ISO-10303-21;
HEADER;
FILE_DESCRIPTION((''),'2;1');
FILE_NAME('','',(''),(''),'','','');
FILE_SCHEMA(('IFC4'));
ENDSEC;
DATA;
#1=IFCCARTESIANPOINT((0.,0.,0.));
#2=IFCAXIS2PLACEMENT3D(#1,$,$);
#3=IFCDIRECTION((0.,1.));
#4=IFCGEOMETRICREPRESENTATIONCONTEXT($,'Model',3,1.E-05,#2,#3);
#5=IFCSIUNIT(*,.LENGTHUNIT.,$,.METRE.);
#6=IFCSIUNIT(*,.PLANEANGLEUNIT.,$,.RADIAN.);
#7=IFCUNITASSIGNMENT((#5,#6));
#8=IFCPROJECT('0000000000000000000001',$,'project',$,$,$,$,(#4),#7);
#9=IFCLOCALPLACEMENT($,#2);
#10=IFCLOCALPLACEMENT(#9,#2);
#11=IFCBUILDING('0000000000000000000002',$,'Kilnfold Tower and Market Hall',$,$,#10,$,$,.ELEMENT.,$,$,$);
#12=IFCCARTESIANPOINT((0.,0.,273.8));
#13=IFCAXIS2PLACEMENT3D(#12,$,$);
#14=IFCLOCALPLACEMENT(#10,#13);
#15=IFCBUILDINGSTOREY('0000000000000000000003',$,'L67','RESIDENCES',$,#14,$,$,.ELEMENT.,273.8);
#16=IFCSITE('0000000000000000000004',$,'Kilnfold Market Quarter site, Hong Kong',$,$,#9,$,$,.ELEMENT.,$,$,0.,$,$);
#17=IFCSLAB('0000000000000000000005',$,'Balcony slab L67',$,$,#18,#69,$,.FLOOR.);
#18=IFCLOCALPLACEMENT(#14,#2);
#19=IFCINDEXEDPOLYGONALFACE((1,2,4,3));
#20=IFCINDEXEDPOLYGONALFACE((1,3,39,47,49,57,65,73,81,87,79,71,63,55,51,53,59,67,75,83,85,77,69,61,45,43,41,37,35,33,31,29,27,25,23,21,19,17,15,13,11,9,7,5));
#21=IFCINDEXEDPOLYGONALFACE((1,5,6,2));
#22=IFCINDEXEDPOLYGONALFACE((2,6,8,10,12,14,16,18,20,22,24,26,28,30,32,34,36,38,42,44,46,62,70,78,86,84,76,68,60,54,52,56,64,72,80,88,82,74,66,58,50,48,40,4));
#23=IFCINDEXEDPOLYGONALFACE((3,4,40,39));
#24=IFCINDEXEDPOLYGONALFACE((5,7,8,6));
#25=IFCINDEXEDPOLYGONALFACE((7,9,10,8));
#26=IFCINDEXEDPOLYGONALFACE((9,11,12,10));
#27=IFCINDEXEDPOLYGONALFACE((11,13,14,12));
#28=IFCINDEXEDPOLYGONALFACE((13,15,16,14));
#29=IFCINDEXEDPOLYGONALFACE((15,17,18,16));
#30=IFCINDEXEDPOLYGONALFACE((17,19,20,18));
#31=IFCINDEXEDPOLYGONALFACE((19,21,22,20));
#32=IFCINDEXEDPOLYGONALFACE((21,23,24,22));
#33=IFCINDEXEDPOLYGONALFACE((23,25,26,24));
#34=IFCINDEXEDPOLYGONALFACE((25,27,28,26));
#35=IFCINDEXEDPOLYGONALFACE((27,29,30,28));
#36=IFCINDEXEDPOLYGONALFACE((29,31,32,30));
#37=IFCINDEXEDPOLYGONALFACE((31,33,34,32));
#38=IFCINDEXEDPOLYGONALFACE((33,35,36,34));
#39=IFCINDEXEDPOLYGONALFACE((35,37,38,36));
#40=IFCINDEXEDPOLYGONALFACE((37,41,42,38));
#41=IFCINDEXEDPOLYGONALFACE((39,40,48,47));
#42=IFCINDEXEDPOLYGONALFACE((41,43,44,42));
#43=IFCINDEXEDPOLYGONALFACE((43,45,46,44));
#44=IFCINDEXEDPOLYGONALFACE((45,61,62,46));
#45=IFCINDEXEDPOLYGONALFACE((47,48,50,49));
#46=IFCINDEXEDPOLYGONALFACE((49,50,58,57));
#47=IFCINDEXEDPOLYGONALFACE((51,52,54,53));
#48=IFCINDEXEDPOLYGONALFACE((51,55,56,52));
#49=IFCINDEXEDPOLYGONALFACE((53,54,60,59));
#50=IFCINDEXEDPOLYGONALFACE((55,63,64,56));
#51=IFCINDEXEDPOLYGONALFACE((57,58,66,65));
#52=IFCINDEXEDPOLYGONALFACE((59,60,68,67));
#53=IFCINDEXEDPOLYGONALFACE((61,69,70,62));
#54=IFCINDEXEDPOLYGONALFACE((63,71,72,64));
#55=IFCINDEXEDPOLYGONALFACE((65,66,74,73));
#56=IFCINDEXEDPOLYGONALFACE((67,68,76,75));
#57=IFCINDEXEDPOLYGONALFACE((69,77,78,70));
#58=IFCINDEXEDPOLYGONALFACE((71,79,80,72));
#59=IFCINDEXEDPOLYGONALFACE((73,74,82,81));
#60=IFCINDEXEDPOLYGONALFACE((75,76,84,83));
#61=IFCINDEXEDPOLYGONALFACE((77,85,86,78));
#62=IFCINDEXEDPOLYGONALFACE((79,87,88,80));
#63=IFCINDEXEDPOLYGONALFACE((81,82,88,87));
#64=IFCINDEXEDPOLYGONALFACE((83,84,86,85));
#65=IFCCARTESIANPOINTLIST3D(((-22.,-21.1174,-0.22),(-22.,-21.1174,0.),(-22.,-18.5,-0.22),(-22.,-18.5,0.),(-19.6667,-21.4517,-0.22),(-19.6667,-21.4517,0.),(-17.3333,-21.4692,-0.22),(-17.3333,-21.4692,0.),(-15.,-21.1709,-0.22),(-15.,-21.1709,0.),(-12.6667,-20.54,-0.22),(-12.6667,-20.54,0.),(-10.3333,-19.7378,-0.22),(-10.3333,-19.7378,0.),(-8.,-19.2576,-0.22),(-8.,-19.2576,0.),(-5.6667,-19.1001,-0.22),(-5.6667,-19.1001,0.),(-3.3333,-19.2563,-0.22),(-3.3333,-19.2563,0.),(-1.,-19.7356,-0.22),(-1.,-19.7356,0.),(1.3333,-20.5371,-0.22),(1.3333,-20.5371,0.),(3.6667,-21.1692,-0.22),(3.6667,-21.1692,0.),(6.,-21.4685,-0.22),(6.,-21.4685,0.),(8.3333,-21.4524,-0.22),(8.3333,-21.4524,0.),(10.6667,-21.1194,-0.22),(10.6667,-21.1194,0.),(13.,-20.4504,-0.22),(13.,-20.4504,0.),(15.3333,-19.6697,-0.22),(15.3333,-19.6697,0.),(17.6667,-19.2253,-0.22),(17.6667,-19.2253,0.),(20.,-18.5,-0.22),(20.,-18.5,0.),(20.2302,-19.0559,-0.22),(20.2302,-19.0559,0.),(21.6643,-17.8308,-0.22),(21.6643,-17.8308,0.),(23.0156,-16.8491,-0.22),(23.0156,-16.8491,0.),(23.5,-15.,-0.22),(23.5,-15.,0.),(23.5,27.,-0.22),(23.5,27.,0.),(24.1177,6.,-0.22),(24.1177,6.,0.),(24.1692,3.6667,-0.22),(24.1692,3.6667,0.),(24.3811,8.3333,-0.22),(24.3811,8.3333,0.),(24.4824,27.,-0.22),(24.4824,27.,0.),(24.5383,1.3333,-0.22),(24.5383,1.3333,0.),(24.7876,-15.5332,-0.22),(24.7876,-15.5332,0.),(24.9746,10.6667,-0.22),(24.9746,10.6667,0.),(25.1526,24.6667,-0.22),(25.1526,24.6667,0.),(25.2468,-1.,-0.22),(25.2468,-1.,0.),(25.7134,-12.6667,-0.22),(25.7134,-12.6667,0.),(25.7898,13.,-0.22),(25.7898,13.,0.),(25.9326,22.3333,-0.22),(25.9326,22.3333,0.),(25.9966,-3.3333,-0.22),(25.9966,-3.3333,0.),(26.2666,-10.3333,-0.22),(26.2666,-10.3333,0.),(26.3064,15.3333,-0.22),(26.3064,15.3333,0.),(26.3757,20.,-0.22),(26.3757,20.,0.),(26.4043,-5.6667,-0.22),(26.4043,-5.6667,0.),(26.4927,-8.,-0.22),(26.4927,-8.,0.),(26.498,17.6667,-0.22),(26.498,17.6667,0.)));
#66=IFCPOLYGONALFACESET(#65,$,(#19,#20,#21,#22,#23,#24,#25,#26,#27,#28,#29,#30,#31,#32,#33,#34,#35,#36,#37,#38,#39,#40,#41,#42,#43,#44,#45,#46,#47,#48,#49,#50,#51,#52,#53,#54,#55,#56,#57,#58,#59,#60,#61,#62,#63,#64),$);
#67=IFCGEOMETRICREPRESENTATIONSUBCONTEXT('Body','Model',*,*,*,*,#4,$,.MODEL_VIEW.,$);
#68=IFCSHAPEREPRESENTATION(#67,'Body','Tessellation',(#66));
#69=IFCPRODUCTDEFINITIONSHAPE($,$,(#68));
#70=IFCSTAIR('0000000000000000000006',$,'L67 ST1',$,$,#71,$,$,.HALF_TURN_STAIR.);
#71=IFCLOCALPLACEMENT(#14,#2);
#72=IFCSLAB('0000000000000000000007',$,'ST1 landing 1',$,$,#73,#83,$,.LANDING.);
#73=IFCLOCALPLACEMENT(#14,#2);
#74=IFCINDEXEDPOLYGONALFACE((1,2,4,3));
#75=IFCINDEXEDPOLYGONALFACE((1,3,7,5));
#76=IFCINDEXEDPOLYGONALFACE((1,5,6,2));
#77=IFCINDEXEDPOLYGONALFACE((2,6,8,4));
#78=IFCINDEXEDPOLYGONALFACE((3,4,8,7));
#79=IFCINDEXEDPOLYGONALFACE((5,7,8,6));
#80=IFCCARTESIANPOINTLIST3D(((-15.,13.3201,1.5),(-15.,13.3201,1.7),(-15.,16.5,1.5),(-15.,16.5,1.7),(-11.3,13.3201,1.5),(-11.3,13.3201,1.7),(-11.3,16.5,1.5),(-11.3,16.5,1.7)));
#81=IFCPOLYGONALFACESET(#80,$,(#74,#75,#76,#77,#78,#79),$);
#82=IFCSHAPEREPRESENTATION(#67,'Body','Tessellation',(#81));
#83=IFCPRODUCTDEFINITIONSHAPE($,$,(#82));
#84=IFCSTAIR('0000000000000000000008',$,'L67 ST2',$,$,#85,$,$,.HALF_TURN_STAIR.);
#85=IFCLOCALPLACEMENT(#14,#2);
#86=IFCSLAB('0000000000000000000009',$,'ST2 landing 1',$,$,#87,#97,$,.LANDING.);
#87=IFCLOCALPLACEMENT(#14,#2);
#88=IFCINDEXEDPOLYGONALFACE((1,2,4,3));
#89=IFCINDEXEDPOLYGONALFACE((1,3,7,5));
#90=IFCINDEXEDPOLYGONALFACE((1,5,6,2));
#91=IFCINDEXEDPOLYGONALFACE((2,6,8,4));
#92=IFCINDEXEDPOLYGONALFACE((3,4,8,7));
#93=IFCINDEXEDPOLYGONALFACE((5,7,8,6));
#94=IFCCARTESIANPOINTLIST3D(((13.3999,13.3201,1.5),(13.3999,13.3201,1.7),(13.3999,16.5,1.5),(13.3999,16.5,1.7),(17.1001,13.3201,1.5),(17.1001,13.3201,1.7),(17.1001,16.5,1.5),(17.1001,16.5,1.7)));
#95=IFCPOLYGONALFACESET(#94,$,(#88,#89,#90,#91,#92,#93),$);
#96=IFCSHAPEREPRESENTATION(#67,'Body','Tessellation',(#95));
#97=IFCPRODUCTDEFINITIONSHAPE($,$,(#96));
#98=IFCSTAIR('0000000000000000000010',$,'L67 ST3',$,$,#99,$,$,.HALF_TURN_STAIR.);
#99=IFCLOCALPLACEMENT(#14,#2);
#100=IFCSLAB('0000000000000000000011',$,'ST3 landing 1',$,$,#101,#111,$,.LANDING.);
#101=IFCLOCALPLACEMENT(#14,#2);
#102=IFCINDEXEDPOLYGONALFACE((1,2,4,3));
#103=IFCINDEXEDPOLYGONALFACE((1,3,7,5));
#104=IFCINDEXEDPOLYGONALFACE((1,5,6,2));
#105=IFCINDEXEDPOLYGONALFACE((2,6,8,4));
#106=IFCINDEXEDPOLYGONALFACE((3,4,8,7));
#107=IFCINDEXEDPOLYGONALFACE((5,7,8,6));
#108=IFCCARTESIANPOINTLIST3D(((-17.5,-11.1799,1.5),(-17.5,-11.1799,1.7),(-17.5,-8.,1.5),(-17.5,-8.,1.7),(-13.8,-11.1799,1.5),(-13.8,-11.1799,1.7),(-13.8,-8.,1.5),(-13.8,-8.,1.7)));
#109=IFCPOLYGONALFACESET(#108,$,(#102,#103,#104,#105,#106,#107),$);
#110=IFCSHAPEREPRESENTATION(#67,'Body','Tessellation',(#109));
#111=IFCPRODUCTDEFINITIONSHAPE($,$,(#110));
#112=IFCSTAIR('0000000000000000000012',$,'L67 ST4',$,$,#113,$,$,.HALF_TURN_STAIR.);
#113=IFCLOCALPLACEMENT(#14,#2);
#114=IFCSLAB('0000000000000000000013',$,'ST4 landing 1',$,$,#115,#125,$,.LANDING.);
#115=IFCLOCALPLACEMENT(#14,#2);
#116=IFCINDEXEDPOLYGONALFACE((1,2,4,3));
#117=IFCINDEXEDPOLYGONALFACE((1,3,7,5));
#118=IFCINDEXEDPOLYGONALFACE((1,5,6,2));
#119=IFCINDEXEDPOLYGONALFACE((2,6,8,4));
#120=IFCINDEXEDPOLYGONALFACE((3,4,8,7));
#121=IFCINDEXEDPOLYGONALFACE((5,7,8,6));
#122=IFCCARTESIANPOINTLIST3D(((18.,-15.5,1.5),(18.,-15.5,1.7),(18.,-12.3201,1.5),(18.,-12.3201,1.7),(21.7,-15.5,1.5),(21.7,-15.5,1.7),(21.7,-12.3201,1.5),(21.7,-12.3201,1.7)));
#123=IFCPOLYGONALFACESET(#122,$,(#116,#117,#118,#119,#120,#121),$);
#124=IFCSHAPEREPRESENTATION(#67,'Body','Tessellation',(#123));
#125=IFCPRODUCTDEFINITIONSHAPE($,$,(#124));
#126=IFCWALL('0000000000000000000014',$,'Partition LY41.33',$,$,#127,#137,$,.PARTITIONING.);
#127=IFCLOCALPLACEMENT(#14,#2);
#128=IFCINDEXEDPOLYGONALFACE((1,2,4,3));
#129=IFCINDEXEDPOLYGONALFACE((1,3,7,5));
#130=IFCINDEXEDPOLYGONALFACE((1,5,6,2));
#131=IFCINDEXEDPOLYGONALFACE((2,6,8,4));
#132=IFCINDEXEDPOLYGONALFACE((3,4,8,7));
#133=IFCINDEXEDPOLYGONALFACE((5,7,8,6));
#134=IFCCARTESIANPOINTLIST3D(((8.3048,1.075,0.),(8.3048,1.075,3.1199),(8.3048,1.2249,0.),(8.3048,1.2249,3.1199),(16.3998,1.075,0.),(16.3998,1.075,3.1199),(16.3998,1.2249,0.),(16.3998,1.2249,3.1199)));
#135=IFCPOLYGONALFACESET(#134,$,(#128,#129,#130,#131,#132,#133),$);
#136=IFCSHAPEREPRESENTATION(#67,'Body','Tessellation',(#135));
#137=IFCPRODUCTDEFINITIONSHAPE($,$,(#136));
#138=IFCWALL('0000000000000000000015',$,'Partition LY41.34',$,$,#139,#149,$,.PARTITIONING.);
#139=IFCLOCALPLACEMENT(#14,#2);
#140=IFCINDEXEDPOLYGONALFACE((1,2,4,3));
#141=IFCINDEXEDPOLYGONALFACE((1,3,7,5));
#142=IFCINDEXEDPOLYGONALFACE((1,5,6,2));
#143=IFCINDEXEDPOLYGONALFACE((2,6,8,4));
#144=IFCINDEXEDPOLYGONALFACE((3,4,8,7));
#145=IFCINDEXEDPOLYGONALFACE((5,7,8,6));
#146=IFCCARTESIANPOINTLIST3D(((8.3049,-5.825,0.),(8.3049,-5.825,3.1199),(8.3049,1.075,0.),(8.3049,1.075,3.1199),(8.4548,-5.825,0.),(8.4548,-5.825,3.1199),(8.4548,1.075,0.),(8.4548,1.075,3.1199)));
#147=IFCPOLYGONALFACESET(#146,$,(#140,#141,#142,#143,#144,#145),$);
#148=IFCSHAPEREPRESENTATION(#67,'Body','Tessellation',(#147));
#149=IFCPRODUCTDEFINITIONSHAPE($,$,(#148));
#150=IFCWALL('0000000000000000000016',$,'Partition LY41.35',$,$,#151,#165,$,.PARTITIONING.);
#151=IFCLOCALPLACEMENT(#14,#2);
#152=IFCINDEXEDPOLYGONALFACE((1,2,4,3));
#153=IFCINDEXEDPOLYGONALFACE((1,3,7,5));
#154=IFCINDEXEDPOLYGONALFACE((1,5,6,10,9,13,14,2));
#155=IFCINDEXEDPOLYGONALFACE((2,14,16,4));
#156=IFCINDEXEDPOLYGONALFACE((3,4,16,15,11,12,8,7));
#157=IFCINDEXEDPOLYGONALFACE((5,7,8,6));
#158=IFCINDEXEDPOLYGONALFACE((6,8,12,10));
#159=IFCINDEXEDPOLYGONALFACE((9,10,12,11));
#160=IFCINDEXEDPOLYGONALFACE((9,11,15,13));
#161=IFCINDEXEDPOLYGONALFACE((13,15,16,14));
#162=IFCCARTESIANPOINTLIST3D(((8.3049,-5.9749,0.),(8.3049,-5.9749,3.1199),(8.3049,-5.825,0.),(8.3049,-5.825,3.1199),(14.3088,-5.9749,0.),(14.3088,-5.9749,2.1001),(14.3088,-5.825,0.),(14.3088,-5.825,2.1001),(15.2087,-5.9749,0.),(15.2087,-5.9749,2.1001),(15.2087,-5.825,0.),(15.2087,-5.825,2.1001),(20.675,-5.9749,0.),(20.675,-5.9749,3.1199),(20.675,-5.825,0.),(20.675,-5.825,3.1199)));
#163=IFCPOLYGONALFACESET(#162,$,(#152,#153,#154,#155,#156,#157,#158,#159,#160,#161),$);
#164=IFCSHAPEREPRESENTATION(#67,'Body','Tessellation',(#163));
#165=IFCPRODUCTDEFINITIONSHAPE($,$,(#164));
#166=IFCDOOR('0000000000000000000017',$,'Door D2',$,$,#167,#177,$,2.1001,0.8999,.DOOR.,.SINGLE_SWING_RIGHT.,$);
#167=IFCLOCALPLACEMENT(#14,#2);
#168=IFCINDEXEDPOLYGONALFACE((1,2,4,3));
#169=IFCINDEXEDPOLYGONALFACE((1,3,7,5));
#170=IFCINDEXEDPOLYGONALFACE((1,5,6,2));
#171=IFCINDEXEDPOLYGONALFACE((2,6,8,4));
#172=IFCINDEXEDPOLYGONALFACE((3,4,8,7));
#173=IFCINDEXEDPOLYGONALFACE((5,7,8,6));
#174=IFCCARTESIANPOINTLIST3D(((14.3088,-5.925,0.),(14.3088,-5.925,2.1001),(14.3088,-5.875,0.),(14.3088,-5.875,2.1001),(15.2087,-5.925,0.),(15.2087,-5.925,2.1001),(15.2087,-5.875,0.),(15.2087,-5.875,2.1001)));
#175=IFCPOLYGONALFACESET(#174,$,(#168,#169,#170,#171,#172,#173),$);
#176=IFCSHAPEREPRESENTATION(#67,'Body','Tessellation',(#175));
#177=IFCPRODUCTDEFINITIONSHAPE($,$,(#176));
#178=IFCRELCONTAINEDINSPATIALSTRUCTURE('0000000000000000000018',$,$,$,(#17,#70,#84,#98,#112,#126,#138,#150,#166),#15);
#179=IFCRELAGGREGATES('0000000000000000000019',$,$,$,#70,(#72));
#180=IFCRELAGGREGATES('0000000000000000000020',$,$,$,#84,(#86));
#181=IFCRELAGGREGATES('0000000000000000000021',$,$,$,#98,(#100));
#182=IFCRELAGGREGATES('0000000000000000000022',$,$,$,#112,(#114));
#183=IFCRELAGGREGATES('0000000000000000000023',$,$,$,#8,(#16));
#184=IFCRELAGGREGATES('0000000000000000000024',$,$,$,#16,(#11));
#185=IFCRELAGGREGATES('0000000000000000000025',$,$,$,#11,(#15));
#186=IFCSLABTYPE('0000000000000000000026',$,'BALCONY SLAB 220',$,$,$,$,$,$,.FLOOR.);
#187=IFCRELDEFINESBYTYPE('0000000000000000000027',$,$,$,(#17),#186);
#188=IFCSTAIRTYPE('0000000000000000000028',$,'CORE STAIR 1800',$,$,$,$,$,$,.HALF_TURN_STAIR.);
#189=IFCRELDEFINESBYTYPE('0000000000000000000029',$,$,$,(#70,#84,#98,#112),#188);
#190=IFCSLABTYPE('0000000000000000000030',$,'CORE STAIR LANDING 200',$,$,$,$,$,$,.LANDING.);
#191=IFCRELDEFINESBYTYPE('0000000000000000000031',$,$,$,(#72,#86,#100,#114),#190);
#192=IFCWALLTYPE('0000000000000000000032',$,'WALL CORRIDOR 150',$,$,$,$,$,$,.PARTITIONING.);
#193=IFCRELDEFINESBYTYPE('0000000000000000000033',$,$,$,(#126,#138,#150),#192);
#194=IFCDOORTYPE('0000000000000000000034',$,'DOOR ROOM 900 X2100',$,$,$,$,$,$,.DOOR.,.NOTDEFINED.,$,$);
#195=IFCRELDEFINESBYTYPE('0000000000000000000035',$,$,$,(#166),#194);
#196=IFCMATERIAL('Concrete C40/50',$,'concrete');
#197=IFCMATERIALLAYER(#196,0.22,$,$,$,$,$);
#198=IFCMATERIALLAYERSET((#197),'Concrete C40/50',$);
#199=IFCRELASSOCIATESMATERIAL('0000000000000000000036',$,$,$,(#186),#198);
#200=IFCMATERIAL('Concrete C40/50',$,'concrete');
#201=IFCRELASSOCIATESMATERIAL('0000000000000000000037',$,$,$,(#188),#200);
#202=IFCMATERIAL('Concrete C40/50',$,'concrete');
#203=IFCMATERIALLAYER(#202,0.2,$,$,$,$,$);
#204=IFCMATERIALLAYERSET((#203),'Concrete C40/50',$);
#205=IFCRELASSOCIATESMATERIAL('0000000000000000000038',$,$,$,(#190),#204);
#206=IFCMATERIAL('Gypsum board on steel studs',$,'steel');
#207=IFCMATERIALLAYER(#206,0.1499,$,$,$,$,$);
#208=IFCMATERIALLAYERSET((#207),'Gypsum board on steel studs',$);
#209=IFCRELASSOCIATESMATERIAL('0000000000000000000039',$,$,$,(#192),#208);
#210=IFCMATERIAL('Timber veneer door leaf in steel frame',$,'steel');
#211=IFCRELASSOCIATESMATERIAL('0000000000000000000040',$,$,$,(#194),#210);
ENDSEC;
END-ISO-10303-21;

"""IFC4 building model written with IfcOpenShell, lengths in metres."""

from ifc_helpers import new_model, si_unit, direction, frame, frame_2d, origin, place, context, subcontext, project, spatial, polyline, rectangle, outline, extrude, source, transform, mapped, material, layer, layer_set, type_object, element, fill, aggregate, save


model = new_model("IFC4")

# Units and contexts
model_context = context("Model", 3, precision=1e-05, world=origin(), true_north=direction((0.0, 1.0)))
body_context = subcontext(model_context, "Body", "Model", "MODEL_VIEW")
ifc_project = project(units=[si_unit("LENGTHUNIT", "METRE"), si_unit("PLANEANGLEUNIT", "RADIAN")], contexts=[model_context])

# Site, building, storey
site_placement = place(None, origin())
site = spatial("IfcSite", under=ifc_project, at=site_placement, Name="Kilnfold Market Quarter site, Hong Kong", CompositionType="ELEMENT", RefElevation=0.0)
building_placement = place(site_placement, origin())
building = spatial("IfcBuilding", under=site, at=building_placement, Name="Kilnfold Tower and Market Hall", CompositionType="ELEMENT")
storey_placement = place(building_placement, frame((0.0, 0.0, 273.8)))
storey = spatial("IfcBuildingStorey", under=building, at=storey_placement, Name="L67", Description="RESIDENCES", CompositionType="ELEMENT", Elevation=273.8)

# Slab
ifc_material_1 = material(Name="Concrete C40/50", Category="concrete")
ifc_layer_1 = layer(ifc_material_1, 0.22)
ifc_layer_set_1 = layer_set([ifc_layer_1], Name="Concrete C40/50")
slab_type_1 = type_object("IfcSlabType", Name="BALCONY SLAB 220", PredefinedType="FLOOR", material=ifc_layer_set_1)
shared_shape_1 = source(origin(), body_context, "Body", "SweptSolid", [
    extrude(outline(polyline([(-22.0, -18.5), (20.0, -18.5), (23.5, -15.0), (23.5, 27.0), (24.4824, 27.0), (25.1526, 24.6667), (25.9326, 22.3333), (26.3757, 20.0), (26.498, 17.6667), (26.3064, 15.3333), (25.7898, 13.0), (24.9746, 10.6667), (24.3811, 8.3333), (24.1177, 6.0), (24.1692, 3.6667), (24.5383, 1.3333), (25.2468, -1.0), (25.9966, -3.3333), (26.4043, -5.6667), (26.4927, -8.0), (26.2666, -10.3333), (25.7134, -12.6667), (24.7876, -15.5332), (23.0156, -16.8491), (21.6643, -17.8308), (20.2302, -19.0559), (17.6667, -19.2253), (15.3333, -19.6697), (13.0, -20.4504), (10.6667, -21.1194), (8.3333, -21.4524), (6.0, -21.4685), (3.6667, -21.1692), (1.3333, -20.5371), (-1.0, -19.7356), (-3.3333, -19.2563), (-5.6667, -19.1001), (-8.0, -19.2576), (-10.3333, -19.7378), (-12.6667, -20.54), (-15.0, -21.1709), (-17.3333, -21.4692), (-19.6667, -21.4517), (-22.0, -21.1174), (-22.0, -18.5)])), origin(), (0.0, 0.0, 1.0), 0.22),
])
slab_1_placement = place(storey_placement, frame((0.0, 0.0, -0.22)))
element("IfcSlab", 1, at=slab_1_placement, inside=storey, type_object=slab_type_1, Name="Balcony slab L67", PredefinedType="FLOOR", context=body_context, shape_type="MappedRepresentation", body=[
    mapped(shared_shape_1, transform((0.0, 0.0, 0.0))),
])

# Stairs, slabs
ifc_material_2 = material(Name="Concrete C40/50", Category="concrete")
stair_type = type_object("IfcStairType", Name="CORE STAIR 1800", PredefinedType="HALF_TURN_STAIR", material=ifc_material_2)
stair_1_placement = place(storey_placement, origin())
stair_1 = element("IfcStair", 2, at=stair_1_placement, inside=storey, type_object=stair_type, Name="L67 ST1", PredefinedType="HALF_TURN_STAIR")
ifc_material_3 = material(Name="Concrete C40/50", Category="concrete")
ifc_layer_2 = layer(ifc_material_3, 0.2)
ifc_layer_set_2 = layer_set([ifc_layer_2], Name="Concrete C40/50")
slab_type_2 = type_object("IfcSlabType", Name="CORE STAIR LANDING 200", PredefinedType="LANDING", material=ifc_layer_set_2)
shared_shape_2 = source(origin(), body_context, "Body", "SweptSolid", [
    extrude(outline(polyline([(-11.3, 13.3201), (-11.3, 16.5), (-15.0, 16.5), (-15.0, 13.3201), (-11.3, 13.3201)])), origin(), (0.0, 0.0, 1.0), 0.2),
])
slab_2_placement = place(storey_placement, frame((0.0, 0.0, 1.5)))
slab_2 = element("IfcSlab", 3, at=slab_2_placement, type_object=slab_type_2, Name="ST1 landing 1", PredefinedType="LANDING", context=body_context, shape_type="MappedRepresentation", body=[
    mapped(shared_shape_2, transform((0.0, 0.0, 0.0))),
])
aggregate(stair_1, [slab_2])
stair_2_placement = place(storey_placement, origin())
stair_2 = element("IfcStair", 4, at=stair_2_placement, inside=storey, type_object=stair_type, Name="L67 ST2", PredefinedType="HALF_TURN_STAIR")
shared_shape_3 = source(origin(), body_context, "Body", "SweptSolid", [
    extrude(outline(polyline([(17.1001, 13.3201), (17.1001, 16.5), (13.3999, 16.5), (13.3999, 13.3201), (17.1001, 13.3201)])), origin(), (0.0, 0.0, 1.0), 0.2),
])
slab_3_placement = place(storey_placement, frame((0.0, 0.0, 1.5)))
slab_3 = element("IfcSlab", 5, at=slab_3_placement, type_object=slab_type_2, Name="ST2 landing 1", PredefinedType="LANDING", context=body_context, shape_type="MappedRepresentation", body=[
    mapped(shared_shape_3, transform((0.0, 0.0, 0.0))),
])
aggregate(stair_2, [slab_3])
stair_3_placement = place(storey_placement, origin())
stair_3 = element("IfcStair", 6, at=stair_3_placement, inside=storey, type_object=stair_type, Name="L67 ST3", PredefinedType="HALF_TURN_STAIR")
shared_shape_4 = source(origin(), body_context, "Body", "SweptSolid", [
    extrude(outline(polyline([(-13.8, -11.1799), (-13.8, -8.0), (-17.5, -8.0), (-17.5, -11.1799), (-13.8, -11.1799)])), origin(), (0.0, 0.0, 1.0), 0.2),
])
slab_4_placement = place(storey_placement, frame((0.0, 0.0, 1.5)))
slab_4 = element("IfcSlab", 7, at=slab_4_placement, type_object=slab_type_2, Name="ST3 landing 1", PredefinedType="LANDING", context=body_context, shape_type="MappedRepresentation", body=[
    mapped(shared_shape_4, transform((0.0, 0.0, 0.0))),
])
aggregate(stair_3, [slab_4])
stair_4_placement = place(storey_placement, origin())
stair_4 = element("IfcStair", 8, at=stair_4_placement, inside=storey, type_object=stair_type, Name="L67 ST4", PredefinedType="HALF_TURN_STAIR")
shared_shape_5 = source(origin(), body_context, "Body", "SweptSolid", [
    extrude(outline(polyline([(18.0, -12.3201), (18.0, -15.5), (21.7, -15.5), (21.7, -12.3201), (18.0, -12.3201)])), origin(), (0.0, 0.0, 1.0), 0.2),
])
slab_5_placement = place(storey_placement, frame((0.0, 0.0, 1.5)))
slab_5 = element("IfcSlab", 9, at=slab_5_placement, type_object=slab_type_2, Name="ST4 landing 1", PredefinedType="LANDING", context=body_context, shape_type="MappedRepresentation", body=[
    mapped(shared_shape_5, transform((0.0, 0.0, 0.0))),
])
aggregate(stair_4, [slab_5])

# Walls
ifc_material_4 = material(Name="Gypsum board on steel studs", Category="steel")
ifc_layer_3 = layer(ifc_material_4, 0.1499)
ifc_layer_set_3 = layer_set([ifc_layer_3], Name="Gypsum board on steel studs")
wall_type_1 = type_object("IfcWallType", Name="WALL CORRIDOR 150", PredefinedType="PARTITIONING", material=ifc_layer_set_3)
wall_1_placement = place(storey_placement, frame((8.3049, 1.1499, 0.0), z_axis=(0.0, 0.0, 1.0), x_axis=(1.0, 0.0, 0.0)))
element("IfcWall", 10, at=wall_1_placement, inside=storey, type_object=wall_type_1, Name="Partition LY41.33", PredefinedType="PARTITIONING", context=body_context, shape_type="SweptSolid", body=[
    extrude(rectangle(XDim=8.095, YDim=0.1499, at=frame_2d((4.0474, 0.0))), origin(), (0.0, 0.0, 1.0), 3.1199),
])
wall_2_placement = place(storey_placement, frame((8.3799, -5.825, 0.0), z_axis=(0.0, 0.0, 1.0), x_axis=(0.0, 1.0, 0.0)))
element("IfcWall", 11, at=wall_2_placement, inside=storey, type_object=wall_type_1, Name="Partition LY41.34", PredefinedType="PARTITIONING", context=body_context, shape_type="SweptSolid", body=[
    extrude(rectangle(XDim=6.8999, YDim=0.1499, at=frame_2d((3.45, 0.0))), origin(), (0.0, 0.0, 1.0), 3.1199),
])

# Wall, opening, door
wall_3_placement = place(storey_placement, frame((8.3049, -5.8999, 0.0), z_axis=(0.0, 0.0, 1.0), x_axis=(1.0, 0.0, 0.0)))
wall_3 = element("IfcWall", 12, at=wall_3_placement, inside=storey, type_object=wall_type_1, Name="Partition LY41.35", PredefinedType="PARTITIONING", context=body_context, shape_type="SweptSolid", body=[
    extrude(rectangle(XDim=12.3701, YDim=0.1499, at=frame_2d((6.1851, 0.0))), origin(), (0.0, 0.0, 1.0), 3.1199),
])
opening_1_placement = place(wall_3_placement, frame((6.0039, 0.0, 0.0)))
opening_1 = element("IfcOpeningElement", 13, at=opening_1_placement, cuts=wall_3, PredefinedType="OPENING", context=body_context, shape_type="SweptSolid", body=[
    extrude(rectangle(XDim=0.8999, YDim=2.1001, at=frame_2d((0.45, 1.05))), frame((0.0, 0.085, 0.0), z_axis=(0.0, -1.0, 0.0), x_axis=(1.0, 0.0, 0.0)), (0.0, 0.0, 1.0), 0.1699),
])
ifc_material_5 = material(Name="Timber veneer door leaf in steel frame", Category="steel")
door_type_1 = type_object("IfcDoorType", Name="DOOR ROOM 900 X2100", OperationType="NOTDEFINED", PredefinedType="DOOR", material=ifc_material_5)
door_1_placement = place(opening_1_placement, origin())
door_1 = element("IfcDoor", 14, at=door_1_placement, inside=storey, type_object=door_type_1, Name="Door D2", OperationType="SINGLE_SWING_RIGHT", OverallHeight=2.1001, OverallWidth=0.8999, PredefinedType="DOOR", context=body_context, shape_type="SweptSolid", body=[
    extrude(rectangle(XDim=0.8999, YDim=2.1001, at=frame_2d((0.45, 1.05))), frame((0.0, 0.0249, 0.0), z_axis=(0.0, -1.0, 0.0), x_axis=(1.0, 0.0, 0.0)), (0.0, 0.0, 1.0), 0.05),
])
fill(opening_1, door_1)

save(model, "model.ifc")
